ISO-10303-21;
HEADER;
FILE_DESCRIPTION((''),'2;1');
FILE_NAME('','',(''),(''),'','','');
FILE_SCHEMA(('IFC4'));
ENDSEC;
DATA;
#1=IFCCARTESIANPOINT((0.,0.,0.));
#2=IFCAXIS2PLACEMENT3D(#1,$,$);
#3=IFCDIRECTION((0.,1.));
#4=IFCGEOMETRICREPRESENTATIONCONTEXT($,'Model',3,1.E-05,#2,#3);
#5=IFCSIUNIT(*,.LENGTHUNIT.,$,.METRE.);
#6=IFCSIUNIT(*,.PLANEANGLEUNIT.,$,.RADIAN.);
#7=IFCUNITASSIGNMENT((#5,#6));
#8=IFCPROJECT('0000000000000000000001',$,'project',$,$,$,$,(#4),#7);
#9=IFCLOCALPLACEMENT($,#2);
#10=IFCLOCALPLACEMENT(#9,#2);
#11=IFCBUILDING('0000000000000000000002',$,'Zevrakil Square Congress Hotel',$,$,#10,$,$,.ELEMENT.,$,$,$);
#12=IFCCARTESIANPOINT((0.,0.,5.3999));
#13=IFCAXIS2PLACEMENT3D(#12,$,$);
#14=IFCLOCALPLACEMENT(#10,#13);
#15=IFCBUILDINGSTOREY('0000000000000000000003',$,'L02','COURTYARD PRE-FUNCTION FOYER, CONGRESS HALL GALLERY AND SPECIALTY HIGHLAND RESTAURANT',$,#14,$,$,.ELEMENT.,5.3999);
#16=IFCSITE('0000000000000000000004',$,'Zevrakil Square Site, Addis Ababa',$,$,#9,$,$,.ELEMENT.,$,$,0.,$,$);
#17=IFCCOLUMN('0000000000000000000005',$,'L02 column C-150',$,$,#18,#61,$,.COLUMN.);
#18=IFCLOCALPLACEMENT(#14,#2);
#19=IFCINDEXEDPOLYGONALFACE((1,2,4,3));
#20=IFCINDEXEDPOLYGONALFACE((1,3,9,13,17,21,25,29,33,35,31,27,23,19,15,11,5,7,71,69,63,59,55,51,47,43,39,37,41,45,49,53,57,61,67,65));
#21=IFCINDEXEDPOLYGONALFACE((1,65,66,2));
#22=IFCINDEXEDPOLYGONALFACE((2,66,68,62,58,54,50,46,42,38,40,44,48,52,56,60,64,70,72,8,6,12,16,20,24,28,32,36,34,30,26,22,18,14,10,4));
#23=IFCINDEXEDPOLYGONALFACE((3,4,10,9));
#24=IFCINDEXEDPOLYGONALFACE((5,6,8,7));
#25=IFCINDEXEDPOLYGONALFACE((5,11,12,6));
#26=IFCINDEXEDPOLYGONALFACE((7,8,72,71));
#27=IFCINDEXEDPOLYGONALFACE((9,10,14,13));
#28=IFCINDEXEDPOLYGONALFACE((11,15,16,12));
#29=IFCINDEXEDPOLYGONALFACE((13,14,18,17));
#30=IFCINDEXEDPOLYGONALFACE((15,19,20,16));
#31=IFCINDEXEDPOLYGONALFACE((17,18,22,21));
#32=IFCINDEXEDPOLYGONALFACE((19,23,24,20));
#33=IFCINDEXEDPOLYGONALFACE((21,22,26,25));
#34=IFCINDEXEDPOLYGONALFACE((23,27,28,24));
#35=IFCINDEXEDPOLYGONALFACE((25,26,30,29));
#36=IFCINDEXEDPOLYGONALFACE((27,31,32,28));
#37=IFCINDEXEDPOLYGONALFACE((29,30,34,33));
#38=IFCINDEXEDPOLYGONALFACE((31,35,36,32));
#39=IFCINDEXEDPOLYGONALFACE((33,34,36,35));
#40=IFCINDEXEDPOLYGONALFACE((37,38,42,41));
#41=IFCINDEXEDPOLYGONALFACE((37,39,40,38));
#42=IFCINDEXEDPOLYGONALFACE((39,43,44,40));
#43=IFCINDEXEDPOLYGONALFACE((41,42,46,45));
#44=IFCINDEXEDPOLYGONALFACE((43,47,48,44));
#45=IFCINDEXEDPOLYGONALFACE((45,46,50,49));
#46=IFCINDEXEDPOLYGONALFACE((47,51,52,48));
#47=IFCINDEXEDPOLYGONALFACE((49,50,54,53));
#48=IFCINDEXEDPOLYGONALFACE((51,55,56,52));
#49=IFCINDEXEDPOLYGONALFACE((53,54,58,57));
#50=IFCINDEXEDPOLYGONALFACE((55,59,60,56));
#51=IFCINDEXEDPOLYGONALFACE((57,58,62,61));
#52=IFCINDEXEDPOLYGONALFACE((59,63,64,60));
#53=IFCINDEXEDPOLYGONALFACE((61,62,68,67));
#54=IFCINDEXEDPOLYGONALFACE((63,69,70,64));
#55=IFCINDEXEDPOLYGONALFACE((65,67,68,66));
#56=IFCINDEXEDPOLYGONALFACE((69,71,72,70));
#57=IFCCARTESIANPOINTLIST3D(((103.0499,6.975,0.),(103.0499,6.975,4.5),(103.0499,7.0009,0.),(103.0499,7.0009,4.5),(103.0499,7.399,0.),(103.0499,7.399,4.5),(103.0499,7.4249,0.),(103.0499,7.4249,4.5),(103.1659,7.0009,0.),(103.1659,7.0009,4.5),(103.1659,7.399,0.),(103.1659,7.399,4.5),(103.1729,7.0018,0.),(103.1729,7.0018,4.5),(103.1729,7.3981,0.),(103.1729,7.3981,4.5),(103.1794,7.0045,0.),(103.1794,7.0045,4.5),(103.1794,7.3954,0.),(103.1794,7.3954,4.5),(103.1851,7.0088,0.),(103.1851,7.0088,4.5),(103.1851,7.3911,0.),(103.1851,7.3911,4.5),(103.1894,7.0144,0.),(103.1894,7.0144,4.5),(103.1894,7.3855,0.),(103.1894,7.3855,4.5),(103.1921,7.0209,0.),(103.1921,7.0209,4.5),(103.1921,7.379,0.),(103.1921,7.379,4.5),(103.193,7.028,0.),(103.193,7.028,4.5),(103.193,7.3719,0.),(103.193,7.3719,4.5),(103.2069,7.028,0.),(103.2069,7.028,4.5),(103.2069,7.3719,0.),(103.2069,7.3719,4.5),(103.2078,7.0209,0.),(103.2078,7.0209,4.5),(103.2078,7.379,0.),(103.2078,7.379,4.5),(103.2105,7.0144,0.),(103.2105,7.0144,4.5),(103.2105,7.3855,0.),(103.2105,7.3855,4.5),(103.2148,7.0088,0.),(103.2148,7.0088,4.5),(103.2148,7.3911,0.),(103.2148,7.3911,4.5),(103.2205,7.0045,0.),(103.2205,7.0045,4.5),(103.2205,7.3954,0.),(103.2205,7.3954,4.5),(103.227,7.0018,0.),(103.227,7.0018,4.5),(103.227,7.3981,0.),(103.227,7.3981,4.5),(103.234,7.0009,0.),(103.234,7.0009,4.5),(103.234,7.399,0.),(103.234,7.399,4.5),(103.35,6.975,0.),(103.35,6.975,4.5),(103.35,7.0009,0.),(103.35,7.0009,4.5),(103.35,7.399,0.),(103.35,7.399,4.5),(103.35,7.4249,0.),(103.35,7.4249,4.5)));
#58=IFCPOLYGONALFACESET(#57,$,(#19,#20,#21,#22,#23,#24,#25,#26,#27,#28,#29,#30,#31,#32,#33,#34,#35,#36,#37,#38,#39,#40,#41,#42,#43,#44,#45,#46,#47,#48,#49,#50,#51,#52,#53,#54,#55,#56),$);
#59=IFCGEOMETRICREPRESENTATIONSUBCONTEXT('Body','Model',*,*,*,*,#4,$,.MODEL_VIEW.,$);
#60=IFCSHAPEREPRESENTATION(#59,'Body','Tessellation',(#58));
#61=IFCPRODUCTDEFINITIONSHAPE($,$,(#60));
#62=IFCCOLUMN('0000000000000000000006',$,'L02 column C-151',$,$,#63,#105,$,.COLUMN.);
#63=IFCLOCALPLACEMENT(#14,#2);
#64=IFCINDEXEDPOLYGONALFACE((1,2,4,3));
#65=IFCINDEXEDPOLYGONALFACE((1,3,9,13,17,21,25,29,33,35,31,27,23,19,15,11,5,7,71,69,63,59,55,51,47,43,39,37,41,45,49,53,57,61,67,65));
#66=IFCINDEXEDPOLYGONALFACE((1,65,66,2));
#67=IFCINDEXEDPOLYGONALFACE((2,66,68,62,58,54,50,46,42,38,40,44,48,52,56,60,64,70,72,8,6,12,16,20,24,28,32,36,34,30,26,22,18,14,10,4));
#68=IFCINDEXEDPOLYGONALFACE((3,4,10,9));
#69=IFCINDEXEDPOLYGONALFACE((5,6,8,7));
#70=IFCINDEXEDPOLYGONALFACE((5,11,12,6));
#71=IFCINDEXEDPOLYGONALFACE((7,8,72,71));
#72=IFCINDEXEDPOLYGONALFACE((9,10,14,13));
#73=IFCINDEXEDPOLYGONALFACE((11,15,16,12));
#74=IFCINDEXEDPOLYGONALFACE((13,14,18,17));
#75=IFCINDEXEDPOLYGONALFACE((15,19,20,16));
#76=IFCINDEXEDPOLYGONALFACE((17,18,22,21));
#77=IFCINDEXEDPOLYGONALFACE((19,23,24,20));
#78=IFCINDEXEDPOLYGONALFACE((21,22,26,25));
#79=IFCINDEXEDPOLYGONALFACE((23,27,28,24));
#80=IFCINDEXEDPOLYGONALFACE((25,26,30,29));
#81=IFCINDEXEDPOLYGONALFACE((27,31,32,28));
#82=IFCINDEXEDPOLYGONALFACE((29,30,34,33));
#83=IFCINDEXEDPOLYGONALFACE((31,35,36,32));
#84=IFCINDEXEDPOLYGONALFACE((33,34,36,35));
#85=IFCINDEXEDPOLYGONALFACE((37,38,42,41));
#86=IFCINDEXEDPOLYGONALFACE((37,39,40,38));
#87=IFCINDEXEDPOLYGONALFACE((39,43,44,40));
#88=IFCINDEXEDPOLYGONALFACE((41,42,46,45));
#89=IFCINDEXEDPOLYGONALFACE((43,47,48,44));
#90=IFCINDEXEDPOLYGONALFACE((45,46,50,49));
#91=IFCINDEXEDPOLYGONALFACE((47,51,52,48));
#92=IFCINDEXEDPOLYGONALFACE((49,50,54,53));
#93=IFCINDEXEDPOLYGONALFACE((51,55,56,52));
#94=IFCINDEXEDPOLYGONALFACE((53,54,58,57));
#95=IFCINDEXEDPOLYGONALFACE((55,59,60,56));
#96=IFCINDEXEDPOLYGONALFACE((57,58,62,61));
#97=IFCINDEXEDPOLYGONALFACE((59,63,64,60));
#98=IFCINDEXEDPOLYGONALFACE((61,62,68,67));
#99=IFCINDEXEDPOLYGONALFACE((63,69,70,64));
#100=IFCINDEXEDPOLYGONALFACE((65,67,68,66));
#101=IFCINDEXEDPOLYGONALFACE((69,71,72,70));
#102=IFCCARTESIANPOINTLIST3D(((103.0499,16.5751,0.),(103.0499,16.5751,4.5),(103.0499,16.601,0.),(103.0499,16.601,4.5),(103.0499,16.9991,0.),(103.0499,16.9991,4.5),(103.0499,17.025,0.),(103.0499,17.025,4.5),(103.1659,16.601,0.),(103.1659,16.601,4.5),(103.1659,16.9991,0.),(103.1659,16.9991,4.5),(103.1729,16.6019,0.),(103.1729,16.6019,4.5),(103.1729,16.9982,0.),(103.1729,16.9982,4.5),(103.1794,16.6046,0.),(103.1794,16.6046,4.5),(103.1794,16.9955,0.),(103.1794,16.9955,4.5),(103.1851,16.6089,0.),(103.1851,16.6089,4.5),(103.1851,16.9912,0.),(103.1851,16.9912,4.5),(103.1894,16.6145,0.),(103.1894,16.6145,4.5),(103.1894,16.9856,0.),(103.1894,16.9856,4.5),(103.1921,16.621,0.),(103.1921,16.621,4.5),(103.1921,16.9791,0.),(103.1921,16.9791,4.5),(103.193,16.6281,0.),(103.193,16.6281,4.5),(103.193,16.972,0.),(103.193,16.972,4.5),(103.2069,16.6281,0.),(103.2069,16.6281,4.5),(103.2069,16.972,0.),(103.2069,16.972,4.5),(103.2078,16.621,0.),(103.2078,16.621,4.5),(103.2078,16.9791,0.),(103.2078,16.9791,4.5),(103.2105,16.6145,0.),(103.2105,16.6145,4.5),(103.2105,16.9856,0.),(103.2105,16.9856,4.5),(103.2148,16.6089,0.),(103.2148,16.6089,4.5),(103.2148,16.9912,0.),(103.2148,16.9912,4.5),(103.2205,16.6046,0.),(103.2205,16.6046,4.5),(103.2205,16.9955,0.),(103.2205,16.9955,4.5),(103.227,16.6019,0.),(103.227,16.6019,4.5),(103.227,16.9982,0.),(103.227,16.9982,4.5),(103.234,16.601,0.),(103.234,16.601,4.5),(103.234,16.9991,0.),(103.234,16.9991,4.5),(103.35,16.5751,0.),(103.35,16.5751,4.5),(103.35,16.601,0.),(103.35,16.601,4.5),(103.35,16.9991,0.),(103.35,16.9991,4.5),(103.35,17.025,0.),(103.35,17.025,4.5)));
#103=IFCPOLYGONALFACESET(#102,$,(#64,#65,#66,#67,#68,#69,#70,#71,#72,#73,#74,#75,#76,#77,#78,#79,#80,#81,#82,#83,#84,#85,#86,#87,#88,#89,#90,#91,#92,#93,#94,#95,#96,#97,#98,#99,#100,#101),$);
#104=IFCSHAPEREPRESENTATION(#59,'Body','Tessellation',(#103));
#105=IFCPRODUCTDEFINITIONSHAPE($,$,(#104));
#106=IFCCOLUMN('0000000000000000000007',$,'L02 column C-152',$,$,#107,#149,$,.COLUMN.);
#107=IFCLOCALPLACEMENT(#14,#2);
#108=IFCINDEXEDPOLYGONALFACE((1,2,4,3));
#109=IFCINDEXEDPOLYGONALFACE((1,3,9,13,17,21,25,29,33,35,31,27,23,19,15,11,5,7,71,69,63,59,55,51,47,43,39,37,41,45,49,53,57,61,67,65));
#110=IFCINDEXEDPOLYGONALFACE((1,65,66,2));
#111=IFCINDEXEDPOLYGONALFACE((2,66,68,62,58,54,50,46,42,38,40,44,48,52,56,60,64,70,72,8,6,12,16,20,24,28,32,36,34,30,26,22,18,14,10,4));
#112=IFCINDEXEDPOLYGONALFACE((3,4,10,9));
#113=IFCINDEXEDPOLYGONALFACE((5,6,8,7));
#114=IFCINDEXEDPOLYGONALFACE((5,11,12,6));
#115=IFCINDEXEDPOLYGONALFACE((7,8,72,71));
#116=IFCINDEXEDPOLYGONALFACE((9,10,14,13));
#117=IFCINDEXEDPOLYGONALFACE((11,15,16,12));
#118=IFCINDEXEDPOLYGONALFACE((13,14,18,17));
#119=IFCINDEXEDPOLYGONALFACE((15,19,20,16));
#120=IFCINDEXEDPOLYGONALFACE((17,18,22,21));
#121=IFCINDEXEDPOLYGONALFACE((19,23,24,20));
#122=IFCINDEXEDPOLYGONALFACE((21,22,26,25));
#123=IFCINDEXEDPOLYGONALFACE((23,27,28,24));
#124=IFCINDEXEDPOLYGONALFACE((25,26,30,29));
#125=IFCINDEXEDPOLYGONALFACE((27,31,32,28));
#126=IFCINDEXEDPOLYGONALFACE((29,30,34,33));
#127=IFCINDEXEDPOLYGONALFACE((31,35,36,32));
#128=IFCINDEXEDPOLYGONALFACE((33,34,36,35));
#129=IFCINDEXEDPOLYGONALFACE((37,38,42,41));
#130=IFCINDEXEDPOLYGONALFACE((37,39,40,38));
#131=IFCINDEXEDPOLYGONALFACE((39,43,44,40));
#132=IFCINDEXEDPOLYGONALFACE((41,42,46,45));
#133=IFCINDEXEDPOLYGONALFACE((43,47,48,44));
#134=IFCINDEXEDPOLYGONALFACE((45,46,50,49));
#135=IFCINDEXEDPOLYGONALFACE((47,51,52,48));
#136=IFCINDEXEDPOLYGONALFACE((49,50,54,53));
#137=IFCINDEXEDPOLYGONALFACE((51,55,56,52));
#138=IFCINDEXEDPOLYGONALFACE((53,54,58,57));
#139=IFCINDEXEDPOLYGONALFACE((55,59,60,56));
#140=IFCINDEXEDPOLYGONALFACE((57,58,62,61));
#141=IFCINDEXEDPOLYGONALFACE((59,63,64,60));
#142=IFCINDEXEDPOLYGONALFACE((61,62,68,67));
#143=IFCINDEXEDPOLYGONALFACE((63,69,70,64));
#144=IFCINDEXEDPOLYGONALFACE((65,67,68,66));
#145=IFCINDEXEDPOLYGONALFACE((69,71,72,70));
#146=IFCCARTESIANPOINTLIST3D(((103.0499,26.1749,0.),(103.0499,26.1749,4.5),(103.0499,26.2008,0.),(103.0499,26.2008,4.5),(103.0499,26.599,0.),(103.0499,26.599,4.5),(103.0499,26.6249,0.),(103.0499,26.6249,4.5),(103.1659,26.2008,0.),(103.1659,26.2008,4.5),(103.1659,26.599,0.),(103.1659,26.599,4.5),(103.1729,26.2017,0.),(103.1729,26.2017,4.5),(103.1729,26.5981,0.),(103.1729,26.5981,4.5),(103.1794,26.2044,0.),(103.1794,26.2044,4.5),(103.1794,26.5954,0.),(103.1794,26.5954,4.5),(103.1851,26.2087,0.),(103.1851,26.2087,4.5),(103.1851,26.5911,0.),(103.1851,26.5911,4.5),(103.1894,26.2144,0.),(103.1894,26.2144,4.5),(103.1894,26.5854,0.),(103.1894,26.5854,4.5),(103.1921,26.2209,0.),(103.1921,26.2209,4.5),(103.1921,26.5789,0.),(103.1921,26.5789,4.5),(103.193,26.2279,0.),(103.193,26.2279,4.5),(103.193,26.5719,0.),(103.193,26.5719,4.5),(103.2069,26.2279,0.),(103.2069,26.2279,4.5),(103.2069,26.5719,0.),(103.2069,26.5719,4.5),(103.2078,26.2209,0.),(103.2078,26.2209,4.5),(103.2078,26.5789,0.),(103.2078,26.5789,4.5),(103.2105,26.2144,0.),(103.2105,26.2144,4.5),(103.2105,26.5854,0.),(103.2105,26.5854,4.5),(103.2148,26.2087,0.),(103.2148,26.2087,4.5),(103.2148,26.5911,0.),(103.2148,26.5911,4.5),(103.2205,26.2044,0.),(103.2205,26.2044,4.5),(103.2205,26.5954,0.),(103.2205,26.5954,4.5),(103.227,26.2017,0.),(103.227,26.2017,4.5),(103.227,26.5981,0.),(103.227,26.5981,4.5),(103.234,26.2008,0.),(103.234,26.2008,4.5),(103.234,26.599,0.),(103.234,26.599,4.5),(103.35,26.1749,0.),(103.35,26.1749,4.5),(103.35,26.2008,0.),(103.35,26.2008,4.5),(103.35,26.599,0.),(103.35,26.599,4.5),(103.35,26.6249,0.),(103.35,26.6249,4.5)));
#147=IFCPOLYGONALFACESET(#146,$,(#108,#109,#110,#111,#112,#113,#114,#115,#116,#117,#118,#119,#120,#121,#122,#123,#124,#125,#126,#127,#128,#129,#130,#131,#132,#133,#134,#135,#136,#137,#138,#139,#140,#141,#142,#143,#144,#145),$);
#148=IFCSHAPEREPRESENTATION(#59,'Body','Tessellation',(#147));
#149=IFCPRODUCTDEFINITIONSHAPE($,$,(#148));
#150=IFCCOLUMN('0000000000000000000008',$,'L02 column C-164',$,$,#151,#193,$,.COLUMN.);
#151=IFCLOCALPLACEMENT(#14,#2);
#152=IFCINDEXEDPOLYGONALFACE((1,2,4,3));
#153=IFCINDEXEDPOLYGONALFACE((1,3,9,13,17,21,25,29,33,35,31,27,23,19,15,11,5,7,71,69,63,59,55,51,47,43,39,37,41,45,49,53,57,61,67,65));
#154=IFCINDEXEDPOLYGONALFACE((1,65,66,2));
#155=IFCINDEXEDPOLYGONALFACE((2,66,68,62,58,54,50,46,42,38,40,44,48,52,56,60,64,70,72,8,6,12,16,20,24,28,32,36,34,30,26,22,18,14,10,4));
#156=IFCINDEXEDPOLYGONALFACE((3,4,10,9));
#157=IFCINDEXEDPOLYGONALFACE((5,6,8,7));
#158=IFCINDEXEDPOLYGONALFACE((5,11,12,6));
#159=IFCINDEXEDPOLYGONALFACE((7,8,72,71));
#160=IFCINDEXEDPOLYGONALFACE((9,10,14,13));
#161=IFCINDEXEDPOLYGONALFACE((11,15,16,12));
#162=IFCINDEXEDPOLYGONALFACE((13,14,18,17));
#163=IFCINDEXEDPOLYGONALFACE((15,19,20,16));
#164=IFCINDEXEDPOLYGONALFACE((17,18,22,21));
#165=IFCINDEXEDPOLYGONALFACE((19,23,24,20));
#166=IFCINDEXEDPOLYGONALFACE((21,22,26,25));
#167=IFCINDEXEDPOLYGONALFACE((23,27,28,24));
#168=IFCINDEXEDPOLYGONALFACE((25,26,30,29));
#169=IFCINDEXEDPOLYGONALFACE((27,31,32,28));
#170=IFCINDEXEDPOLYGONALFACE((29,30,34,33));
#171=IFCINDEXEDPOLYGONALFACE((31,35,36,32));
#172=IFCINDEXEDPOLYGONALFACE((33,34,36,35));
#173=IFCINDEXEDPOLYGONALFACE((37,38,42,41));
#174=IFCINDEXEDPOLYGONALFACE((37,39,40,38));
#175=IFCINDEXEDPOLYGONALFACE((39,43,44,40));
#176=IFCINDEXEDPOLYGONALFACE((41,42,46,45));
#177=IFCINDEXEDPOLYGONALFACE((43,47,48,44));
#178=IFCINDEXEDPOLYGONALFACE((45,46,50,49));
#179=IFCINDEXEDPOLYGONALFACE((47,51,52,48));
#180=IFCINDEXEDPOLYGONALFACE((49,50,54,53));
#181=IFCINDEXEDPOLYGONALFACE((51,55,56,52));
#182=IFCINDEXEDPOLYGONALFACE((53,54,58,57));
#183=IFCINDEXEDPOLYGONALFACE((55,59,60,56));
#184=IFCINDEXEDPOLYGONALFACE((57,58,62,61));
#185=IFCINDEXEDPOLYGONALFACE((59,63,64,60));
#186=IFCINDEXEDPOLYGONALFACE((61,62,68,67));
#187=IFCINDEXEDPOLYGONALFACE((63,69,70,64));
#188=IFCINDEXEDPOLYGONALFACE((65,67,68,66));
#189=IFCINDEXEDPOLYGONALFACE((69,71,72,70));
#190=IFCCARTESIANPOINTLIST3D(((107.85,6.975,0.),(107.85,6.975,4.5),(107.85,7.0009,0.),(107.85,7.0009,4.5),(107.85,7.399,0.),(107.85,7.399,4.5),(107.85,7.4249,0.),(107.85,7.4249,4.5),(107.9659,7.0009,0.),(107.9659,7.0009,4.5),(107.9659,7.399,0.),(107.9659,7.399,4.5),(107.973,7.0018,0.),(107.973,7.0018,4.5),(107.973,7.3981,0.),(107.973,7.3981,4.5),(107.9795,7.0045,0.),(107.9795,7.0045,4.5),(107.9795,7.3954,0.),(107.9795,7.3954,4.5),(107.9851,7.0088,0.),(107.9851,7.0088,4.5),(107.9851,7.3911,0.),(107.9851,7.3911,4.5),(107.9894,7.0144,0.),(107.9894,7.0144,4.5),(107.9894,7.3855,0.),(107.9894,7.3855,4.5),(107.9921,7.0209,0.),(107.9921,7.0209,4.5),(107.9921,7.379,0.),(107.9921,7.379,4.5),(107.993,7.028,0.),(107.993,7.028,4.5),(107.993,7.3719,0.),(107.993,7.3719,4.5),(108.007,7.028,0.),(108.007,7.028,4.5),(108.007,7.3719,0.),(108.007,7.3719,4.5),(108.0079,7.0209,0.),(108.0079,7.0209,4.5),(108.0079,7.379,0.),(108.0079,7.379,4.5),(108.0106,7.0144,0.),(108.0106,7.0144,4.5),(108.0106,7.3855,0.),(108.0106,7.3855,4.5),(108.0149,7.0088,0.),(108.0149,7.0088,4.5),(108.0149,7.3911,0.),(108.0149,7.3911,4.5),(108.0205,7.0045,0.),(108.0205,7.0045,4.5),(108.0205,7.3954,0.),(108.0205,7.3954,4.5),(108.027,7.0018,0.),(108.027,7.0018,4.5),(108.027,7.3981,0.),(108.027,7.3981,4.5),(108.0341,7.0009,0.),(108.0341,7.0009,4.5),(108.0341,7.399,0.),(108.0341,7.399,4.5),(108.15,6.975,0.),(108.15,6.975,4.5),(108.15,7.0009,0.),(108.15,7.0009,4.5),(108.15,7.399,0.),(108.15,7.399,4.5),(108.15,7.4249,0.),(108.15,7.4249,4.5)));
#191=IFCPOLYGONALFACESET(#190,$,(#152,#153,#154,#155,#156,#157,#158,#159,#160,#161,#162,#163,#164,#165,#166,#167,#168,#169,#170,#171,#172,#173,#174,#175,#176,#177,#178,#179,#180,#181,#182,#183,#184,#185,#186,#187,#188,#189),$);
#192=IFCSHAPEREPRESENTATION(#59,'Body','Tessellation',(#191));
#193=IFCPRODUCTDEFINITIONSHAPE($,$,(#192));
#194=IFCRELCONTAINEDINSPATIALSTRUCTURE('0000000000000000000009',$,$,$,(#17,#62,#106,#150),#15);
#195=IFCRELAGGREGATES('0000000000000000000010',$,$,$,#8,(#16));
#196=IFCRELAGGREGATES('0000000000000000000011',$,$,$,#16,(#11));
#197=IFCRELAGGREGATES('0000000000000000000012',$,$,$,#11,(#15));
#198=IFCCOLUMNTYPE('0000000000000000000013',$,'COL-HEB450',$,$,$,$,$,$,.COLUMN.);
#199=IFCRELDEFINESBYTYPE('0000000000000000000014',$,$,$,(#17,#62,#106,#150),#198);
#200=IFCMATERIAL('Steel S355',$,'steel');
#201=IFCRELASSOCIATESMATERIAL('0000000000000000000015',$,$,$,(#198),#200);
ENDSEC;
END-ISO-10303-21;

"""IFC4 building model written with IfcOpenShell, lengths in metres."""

from ifc_helpers import new_model, si_unit, direction, frame, origin, origin_2d, place, context, subcontext, project, spatial, i_section, extrude, material, material_profile, profile_set, type_object, element, save


model = new_model("IFC4")

# Units and contexts
model_context = context("Model", 3, precision=1e-05, world=origin(), true_north=direction((0.0, 1.0)))
body_context = subcontext(model_context, "Body", "Model", "MODEL_VIEW")
ifc_project = project(units=[si_unit("LENGTHUNIT", "METRE"), si_unit("PLANEANGLEUNIT", "RADIAN")], contexts=[model_context])

# Site, building, storey
site_placement = place(None, origin())
site = spatial("IfcSite", under=ifc_project, at=site_placement, Name="Zevrakil Square Site, Addis Ababa", CompositionType="ELEMENT", RefElevation=0.0)
building_placement = place(site_placement, origin())
building = spatial("IfcBuilding", under=site, at=building_placement, Name="Zevrakil Square Congress Hotel", CompositionType="ELEMENT")
storey_placement = place(building_placement, frame((0.0, 0.0, 5.3999)))
storey = spatial("IfcBuildingStorey", under=building, at=storey_placement, Name="L02", Description="COURTYARD PRE-FUNCTION FOYER, CONGRESS HALL GALLERY AND SPECIALTY HIGHLAND RESTAURANT", CompositionType="ELEMENT", Elevation=5.3999)

# Columns
ifc_material_1 = material(Name="Steel S355", Category="steel")
ifc_material_profile_1 = material_profile(ifc_material_1, i_section(OverallWidth=0.3, OverallDepth=0.45, WebThickness=0.0139, FlangeThickness=0.0259, FilletRadius=0.0271, at=origin_2d()), Name="HEB 450")
ifc_profile_set_1 = profile_set([ifc_material_profile_1], Name="Steel S355")
column_type = type_object("IfcColumnType", Name="COL-HEB450", PredefinedType="COLUMN", material=ifc_profile_set_1)
for number, where, z_axis, x_axis, name in (
    (1, (103.2, 7.2, 0.0), (0.0, 0.0, 1.0), (1.0, 0.0, 0.0), "L02 column C-150"),
    (2, (103.2, 16.8, 0.0), (0.0, 0.0, 1.0), (1.0, 0.0, 0.0), "L02 column C-151"),
    (3, (103.2, 26.3999, 0.0), (0.0, 0.0, 1.0), (1.0, 0.0, 0.0), "L02 column C-152"),
    (4, (108.0, 7.2, 0.0), (0.0, 0.0, 1.0), (1.0, 0.0, 0.0), "L02 column C-164"),
):
    element("IfcColumn", number, at=place(storey_placement, frame(where, z_axis=z_axis, x_axis=x_axis)), inside=storey, type_object=column_type, Name=name, PredefinedType="COLUMN", context=body_context, shape_type="SweptSolid", body=[
        extrude(i_section(OverallWidth=0.3, OverallDepth=0.45, WebThickness=0.0139, FlangeThickness=0.0259, FilletRadius=0.0271, at=origin_2d()), origin(), (0.0, 0.0, 1.0), 4.5),
    ])

save(model, "model.ifc")
